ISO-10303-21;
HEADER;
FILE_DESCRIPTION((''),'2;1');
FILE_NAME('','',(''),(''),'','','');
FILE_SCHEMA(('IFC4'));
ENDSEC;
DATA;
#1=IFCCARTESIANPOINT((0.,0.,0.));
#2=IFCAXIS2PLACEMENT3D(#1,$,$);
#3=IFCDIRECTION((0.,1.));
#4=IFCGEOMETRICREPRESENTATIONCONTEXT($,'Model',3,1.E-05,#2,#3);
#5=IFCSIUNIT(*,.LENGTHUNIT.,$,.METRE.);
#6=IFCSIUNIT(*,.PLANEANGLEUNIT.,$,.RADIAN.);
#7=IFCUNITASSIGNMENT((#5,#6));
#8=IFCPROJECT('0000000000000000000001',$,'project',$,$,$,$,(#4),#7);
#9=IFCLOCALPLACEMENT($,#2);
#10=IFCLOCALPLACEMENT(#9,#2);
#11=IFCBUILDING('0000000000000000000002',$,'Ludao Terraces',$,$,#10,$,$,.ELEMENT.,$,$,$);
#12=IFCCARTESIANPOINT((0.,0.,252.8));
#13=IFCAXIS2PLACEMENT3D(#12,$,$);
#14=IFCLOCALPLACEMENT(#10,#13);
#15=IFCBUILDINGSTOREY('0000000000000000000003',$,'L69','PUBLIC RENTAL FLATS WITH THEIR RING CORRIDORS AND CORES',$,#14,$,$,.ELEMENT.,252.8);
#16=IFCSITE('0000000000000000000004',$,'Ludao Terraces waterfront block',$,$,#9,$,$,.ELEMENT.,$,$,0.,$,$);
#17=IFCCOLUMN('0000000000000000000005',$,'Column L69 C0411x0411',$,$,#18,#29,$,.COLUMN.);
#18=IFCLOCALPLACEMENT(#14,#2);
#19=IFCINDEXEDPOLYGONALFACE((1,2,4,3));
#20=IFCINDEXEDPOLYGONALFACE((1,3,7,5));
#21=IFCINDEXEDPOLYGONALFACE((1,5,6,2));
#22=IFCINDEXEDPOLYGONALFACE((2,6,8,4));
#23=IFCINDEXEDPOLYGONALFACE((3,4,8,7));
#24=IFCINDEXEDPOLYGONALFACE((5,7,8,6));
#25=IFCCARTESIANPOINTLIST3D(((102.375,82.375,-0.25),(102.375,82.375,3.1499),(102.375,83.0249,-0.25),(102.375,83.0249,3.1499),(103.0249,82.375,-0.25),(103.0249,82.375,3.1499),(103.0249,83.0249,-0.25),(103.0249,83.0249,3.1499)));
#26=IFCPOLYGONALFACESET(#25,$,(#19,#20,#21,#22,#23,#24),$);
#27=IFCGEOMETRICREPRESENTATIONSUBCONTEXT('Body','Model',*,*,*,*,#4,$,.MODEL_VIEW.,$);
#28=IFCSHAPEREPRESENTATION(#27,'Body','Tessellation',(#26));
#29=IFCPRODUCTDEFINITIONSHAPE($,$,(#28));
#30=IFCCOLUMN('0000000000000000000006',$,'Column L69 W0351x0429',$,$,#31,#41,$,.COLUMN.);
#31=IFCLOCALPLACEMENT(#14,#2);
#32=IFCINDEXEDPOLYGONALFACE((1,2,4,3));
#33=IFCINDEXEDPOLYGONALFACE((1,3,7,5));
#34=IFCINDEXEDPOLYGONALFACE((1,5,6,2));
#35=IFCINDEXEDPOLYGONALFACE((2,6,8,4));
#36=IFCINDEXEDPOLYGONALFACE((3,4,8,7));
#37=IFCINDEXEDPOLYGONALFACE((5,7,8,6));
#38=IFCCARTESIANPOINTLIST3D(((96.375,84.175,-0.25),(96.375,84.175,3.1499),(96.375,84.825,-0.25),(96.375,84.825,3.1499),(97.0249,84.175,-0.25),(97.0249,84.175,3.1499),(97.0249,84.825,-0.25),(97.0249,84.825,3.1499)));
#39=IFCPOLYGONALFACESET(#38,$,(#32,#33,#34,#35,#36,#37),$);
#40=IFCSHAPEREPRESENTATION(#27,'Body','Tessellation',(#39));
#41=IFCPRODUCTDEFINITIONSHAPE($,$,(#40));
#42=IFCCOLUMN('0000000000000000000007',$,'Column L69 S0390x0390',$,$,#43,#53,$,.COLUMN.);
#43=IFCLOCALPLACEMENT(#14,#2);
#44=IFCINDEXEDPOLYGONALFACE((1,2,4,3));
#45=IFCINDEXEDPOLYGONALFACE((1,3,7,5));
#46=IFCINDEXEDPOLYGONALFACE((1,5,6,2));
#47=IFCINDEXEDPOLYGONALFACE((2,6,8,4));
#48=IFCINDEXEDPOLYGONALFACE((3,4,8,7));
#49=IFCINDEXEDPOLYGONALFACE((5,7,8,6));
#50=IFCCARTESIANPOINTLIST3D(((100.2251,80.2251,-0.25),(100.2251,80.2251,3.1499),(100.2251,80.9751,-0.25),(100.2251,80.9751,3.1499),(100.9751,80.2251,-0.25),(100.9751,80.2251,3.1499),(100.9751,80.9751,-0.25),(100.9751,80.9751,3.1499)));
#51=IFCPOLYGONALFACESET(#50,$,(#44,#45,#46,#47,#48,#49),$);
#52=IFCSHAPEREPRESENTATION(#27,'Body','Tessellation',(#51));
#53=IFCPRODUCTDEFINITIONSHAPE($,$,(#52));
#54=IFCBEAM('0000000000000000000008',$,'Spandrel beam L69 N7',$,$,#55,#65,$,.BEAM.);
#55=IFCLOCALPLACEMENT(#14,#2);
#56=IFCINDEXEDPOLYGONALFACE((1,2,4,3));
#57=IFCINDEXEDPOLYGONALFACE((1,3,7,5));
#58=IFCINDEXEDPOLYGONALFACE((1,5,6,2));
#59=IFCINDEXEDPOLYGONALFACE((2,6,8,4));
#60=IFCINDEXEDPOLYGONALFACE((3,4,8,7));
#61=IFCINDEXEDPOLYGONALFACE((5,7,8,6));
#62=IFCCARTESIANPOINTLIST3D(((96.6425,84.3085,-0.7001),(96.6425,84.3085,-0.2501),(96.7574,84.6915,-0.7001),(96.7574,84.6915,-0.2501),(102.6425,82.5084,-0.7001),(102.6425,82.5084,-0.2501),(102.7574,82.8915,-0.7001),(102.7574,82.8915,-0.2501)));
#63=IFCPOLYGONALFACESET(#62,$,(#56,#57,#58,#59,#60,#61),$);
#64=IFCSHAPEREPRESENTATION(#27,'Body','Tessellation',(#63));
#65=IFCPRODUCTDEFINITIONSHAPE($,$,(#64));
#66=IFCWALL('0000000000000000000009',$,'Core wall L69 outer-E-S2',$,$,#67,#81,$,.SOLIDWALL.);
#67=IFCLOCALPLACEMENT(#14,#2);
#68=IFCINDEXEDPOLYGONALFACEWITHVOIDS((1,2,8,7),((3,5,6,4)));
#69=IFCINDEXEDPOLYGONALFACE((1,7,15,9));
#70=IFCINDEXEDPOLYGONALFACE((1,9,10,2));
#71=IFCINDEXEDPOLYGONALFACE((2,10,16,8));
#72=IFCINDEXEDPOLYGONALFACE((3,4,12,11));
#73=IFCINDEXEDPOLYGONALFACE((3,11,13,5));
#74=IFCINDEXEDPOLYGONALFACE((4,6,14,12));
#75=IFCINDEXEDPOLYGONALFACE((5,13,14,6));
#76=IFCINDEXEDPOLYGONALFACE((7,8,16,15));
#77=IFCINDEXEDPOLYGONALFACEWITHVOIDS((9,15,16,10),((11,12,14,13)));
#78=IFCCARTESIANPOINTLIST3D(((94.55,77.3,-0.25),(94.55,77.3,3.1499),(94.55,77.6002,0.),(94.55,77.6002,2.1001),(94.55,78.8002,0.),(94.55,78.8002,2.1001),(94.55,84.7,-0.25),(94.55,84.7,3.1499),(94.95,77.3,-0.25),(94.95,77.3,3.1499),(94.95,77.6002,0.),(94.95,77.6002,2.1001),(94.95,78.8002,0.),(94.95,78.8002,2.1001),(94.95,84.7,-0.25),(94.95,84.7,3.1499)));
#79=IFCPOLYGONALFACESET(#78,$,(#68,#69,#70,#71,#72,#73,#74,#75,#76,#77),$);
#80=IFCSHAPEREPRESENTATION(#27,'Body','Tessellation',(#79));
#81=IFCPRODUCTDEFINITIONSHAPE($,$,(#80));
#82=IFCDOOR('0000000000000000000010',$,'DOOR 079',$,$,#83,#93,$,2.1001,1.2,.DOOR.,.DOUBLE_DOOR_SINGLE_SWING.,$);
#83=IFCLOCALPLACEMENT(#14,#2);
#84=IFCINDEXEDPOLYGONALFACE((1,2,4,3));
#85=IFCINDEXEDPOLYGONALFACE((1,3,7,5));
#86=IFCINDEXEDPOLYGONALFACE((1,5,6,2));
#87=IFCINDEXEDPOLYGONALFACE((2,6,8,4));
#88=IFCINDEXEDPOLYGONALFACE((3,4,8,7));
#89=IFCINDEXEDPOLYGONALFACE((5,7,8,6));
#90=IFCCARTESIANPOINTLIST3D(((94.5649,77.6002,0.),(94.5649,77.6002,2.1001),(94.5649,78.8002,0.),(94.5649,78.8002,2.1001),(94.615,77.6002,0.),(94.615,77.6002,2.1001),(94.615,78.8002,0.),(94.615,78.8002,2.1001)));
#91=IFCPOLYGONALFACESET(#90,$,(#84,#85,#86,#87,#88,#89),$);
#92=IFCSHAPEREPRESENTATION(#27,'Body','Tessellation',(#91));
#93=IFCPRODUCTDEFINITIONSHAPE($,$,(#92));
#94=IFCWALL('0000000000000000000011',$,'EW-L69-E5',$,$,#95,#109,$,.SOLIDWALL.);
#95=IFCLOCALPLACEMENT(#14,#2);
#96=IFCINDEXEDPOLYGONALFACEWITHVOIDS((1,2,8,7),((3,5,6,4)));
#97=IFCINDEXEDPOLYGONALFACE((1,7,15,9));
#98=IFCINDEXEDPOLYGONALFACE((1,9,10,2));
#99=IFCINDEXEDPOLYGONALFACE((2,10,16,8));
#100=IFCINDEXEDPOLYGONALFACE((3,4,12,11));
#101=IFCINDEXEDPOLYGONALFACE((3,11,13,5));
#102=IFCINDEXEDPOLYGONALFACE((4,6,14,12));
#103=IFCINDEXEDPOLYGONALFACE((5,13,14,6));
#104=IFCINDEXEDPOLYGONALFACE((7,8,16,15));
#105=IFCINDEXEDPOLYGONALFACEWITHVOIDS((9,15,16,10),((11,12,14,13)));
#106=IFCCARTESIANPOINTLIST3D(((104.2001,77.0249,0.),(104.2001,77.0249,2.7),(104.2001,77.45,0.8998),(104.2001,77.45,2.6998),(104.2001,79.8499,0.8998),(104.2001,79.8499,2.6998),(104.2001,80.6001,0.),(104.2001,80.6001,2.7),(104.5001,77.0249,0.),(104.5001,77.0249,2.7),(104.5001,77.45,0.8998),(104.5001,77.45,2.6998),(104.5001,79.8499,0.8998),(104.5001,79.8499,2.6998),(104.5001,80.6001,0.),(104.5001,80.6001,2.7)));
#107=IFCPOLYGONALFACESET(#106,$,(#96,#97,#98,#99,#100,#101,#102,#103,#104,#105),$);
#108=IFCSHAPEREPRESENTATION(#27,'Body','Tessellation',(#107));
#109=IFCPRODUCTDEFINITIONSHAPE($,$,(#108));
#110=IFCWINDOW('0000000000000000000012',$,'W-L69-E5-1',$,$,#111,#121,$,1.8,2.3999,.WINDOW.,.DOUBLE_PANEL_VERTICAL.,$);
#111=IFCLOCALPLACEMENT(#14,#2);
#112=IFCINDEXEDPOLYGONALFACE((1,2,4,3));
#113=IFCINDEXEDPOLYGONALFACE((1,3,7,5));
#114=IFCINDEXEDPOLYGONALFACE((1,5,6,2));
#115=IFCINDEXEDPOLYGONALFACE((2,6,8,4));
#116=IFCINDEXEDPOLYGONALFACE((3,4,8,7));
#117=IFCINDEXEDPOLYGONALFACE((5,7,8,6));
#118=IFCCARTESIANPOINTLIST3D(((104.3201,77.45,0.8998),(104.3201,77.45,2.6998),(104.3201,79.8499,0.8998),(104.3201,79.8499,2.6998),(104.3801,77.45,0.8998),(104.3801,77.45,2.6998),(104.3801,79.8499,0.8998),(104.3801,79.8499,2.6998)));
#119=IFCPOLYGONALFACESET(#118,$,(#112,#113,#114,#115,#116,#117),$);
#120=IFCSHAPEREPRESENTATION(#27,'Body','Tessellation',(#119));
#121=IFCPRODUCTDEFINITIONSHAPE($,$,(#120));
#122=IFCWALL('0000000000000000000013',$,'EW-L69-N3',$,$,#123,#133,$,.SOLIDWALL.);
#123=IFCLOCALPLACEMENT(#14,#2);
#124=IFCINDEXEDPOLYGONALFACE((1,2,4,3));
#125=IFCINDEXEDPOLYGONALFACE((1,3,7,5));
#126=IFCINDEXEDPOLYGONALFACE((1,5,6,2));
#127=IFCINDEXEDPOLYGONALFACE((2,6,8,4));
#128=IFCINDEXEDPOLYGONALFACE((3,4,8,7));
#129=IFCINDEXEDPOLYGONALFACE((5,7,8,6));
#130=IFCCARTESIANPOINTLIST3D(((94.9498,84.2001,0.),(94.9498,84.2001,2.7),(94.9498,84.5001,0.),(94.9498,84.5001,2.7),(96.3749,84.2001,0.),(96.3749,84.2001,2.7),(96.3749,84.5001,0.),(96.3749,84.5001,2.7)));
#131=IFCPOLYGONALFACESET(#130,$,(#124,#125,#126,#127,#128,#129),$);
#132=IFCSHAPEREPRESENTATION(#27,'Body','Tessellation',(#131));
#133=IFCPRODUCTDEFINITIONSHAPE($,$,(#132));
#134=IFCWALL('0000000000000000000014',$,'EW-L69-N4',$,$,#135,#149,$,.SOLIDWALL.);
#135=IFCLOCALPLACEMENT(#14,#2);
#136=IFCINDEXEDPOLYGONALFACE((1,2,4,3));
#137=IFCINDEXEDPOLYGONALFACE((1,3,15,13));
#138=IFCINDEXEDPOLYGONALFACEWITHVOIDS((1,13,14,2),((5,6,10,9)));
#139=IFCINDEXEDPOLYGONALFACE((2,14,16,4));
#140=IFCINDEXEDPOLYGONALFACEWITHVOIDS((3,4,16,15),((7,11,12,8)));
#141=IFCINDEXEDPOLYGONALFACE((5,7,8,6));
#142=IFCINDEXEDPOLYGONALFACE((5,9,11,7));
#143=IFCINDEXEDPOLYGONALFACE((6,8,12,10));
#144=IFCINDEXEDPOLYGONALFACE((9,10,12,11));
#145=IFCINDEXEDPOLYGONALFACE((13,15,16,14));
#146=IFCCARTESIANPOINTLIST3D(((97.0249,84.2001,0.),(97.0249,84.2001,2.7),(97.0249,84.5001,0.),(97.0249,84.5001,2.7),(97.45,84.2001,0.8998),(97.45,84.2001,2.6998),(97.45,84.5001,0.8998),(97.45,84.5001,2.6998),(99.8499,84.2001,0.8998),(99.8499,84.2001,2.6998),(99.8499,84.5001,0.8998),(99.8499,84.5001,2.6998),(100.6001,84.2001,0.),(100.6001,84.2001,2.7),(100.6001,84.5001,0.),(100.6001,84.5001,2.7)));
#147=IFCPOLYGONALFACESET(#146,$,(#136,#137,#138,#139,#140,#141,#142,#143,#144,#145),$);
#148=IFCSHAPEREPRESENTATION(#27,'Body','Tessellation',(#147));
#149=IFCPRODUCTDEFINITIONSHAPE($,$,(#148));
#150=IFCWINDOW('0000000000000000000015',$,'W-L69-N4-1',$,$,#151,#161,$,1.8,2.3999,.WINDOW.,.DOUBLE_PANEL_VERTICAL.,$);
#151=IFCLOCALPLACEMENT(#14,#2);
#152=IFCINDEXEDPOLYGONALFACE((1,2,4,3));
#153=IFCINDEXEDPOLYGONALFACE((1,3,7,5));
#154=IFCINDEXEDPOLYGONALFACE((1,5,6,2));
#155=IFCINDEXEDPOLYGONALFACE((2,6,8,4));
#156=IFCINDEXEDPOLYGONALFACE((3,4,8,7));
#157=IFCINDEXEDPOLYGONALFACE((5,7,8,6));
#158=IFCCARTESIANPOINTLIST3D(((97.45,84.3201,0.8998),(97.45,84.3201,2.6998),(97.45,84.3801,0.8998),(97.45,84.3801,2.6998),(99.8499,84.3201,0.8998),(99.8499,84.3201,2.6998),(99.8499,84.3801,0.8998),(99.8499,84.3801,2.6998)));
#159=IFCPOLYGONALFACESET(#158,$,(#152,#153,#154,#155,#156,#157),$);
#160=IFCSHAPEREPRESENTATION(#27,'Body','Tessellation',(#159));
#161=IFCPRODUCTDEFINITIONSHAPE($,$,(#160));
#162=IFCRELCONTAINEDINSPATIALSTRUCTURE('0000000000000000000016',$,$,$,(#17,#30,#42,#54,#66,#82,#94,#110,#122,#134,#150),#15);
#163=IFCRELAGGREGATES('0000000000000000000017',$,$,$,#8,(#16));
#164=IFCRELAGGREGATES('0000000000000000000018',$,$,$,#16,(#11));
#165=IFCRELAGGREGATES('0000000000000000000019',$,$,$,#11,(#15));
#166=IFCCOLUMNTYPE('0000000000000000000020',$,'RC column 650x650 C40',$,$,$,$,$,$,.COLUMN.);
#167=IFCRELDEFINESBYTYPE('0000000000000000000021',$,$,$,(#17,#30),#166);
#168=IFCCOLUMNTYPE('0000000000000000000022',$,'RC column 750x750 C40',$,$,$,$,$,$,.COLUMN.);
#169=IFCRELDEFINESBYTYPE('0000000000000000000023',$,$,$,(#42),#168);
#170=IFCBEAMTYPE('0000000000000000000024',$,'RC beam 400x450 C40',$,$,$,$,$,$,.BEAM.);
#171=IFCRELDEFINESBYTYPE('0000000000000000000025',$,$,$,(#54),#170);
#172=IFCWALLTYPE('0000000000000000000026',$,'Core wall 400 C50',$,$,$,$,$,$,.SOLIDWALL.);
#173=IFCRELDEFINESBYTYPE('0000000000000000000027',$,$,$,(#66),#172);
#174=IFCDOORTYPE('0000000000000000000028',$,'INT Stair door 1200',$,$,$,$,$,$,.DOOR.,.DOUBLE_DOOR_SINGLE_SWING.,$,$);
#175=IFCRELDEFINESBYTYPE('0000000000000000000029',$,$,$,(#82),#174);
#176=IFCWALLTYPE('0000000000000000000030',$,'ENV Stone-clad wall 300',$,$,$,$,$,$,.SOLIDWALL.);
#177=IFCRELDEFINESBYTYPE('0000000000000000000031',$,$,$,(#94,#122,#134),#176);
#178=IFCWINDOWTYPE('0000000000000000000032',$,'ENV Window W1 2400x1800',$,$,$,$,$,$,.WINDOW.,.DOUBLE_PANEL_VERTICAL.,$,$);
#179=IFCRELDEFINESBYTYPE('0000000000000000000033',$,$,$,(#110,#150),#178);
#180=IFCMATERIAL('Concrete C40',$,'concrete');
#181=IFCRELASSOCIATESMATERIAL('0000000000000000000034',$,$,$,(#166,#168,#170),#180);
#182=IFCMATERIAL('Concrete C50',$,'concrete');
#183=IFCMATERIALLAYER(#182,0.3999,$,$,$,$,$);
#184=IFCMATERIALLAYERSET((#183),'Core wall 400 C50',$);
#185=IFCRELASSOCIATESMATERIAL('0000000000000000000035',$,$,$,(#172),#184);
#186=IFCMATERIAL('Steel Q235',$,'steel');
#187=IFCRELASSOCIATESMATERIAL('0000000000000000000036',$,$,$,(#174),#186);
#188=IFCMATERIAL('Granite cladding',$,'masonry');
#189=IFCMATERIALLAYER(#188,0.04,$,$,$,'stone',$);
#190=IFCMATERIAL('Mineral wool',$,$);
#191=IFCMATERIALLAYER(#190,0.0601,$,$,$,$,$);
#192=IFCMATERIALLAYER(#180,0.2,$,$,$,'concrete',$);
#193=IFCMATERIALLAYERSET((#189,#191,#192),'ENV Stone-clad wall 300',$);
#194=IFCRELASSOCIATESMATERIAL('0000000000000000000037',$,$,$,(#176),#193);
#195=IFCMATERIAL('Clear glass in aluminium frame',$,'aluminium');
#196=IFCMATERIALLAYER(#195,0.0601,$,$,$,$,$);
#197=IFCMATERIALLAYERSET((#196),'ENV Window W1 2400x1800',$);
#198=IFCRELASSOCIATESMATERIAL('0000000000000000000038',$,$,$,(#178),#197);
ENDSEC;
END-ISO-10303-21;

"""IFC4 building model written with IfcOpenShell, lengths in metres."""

from ifc_helpers import new_model, si_unit, direction, frame, frame_2d, origin, origin_2d, place, context, subcontext, project, spatial, rectangle, extrude, material, layer, layer_set, material_profile, profile_set, type_object, element, fill, save


model = new_model("IFC4")

# Units and contexts
model_context = context("Model", 3, precision=1e-05, world=origin(), true_north=direction((0.0, 1.0)))
body_context = subcontext(model_context, "Body", "Model", "MODEL_VIEW")
ifc_project = project(units=[si_unit("LENGTHUNIT", "METRE"), si_unit("PLANEANGLEUNIT", "RADIAN")], contexts=[model_context])

# Site, building, storey
site_placement = place(None, origin())
site = spatial("IfcSite", under=ifc_project, at=site_placement, Name="Ludao Terraces waterfront block", CompositionType="ELEMENT", RefElevation=0.0)
building_placement = place(site_placement, origin())
building = spatial("IfcBuilding", under=site, at=building_placement, Name="Ludao Terraces", CompositionType="ELEMENT")
storey_placement = place(building_placement, frame((0.0, 0.0, 252.8)))
storey = spatial("IfcBuildingStorey", under=building, at=storey_placement, Name="L69", Description="PUBLIC RENTAL FLATS WITH THEIR RING CORRIDORS AND CORES", CompositionType="ELEMENT", Elevation=252.8)

# Columns
ifc_material_1 = material(Name="Concrete C40", Category="concrete")
ifc_material_profile_1 = material_profile(ifc_material_1, rectangle(XDim=0.6499, YDim=0.6499, at=origin_2d()), Name="650 X 650")
ifc_profile_set_1 = profile_set([ifc_material_profile_1], Name="Concrete C40")
column_type_1 = type_object("IfcColumnType", Name="RC column 650x650 C40", PredefinedType="COLUMN", material=ifc_profile_set_1)
for number, where, z_axis, x_axis, name in (
    (1, (102.7, 82.7, -0.25), (0.0, 0.0, 1.0), (1.0, 0.0, 0.0), "Column L69 C0411x0411"),
    (2, (96.7, 84.5, -0.25), (0.0, 0.0, 1.0), (1.0, 0.0, 0.0), "Column L69 W0351x0429"),
):
    element("IfcColumn", number, at=place(storey_placement, frame(where, z_axis=z_axis, x_axis=x_axis)), inside=storey, type_object=column_type_1, Name=name, PredefinedType="COLUMN", context=body_context, shape_type="SweptSolid", body=[
        extrude(rectangle(XDim=0.6499, YDim=0.6499, at=origin_2d()), origin(), (0.0, 0.0, 1.0), 3.3999),
    ])
ifc_material_profile_2 = material_profile(ifc_material_1, rectangle(XDim=0.75, YDim=0.75, at=origin_2d()), Name="750 X 750")
ifc_profile_set_2 = profile_set([ifc_material_profile_2], Name="Concrete C40")
column_type_2 = type_object("IfcColumnType", Name="RC column 750x750 C40", PredefinedType="COLUMN", material=ifc_profile_set_2)
column_placement = place(storey_placement, frame((100.6001, 80.6001, -0.25), z_axis=(0.0, 0.0, 1.0), x_axis=(1.0, 0.0, 0.0)))
element("IfcColumn", 3, at=column_placement, inside=storey, type_object=column_type_2, Name="Column L69 S0390x0390", PredefinedType="COLUMN", context=body_context, shape_type="SweptSolid", body=[
    extrude(rectangle(XDim=0.75, YDim=0.75, at=origin_2d()), origin(), (0.0, 0.0, 1.0), 3.3999),
])

# Beam
ifc_material_profile_3 = material_profile(ifc_material_1, rectangle(XDim=0.3999, YDim=0.45, at=origin_2d()), Name="400 X 450")
ifc_profile_set_3 = profile_set([ifc_material_profile_3], Name="Concrete C40")
beam_type = type_object("IfcBeamType", Name="RC beam 400x450 C40", PredefinedType="BEAM", material=ifc_profile_set_3)
beam_placement = place(storey_placement, frame((96.7, 84.5, -0.4751), z_axis=(0.957824, -0.287355, 0.0), x_axis=(0.287355, 0.957824, 0.0)))
element("IfcBeam", 4, at=beam_placement, inside=storey, type_object=beam_type, Name="Spandrel beam L69 N7", PredefinedType="BEAM", context=body_context, shape_type="SweptSolid", body=[
    extrude(rectangle(XDim=0.3999, YDim=0.45, at=origin_2d()), origin(), (0.0, 0.0, 1.0), 6.2642),
])

# Wall, opening, door
ifc_material_2 = material(Name="Concrete C50", Category="concrete")
ifc_layer_1 = layer(ifc_material_2, 0.3999)
ifc_layer_set_1 = layer_set([ifc_layer_1], Name="Core wall 400 C50")
wall_type_1 = type_object("IfcWallType", Name="Core wall 400 C50", PredefinedType="SOLIDWALL", material=ifc_layer_set_1)
wall_1_placement = place(storey_placement, frame((94.75, 77.3, -0.25), z_axis=(0.0, 0.0, 1.0), x_axis=(0.0, 1.0, 0.0)))
wall_1 = element("IfcWall", 5, at=wall_1_placement, inside=storey, type_object=wall_type_1, Name="Core wall L69 outer-E-S2", PredefinedType="SOLIDWALL", context=body_context, shape_type="SweptSolid", body=[
    extrude(rectangle(XDim=7.3999, YDim=0.3999, at=frame_2d((3.7, 0.0))), origin(), (0.0, 0.0, 1.0), 3.3999),
])
opening_1_placement = place(wall_1_placement, frame((0.3, 0.0, 0.25)))
opening_1 = element("IfcOpeningElement", 6, at=opening_1_placement, cuts=wall_1, PredefinedType="OPENING", context=body_context, shape_type="SweptSolid", body=[
    extrude(rectangle(XDim=1.2, YDim=2.1001, at=frame_2d((0.6001, 1.05))), frame((0.0, 0.21, 0.0), z_axis=(0.0, -1.0, 0.0), x_axis=(1.0, 0.0, 0.0)), (0.0, 0.0, 1.0), 0.4199),
])
ifc_material_3 = material(Name="Steel Q235", Category="steel")
door_type_1 = type_object("IfcDoorType", Name="INT Stair door 1200", OperationType="DOUBLE_DOOR_SINGLE_SWING", PredefinedType="DOOR", material=ifc_material_3)
door_1_placement = place(opening_1_placement, origin())
door_1 = element("IfcDoor", 7, at=door_1_placement, inside=storey, type_object=door_type_1, Name="DOOR 079", OperationType="DOUBLE_DOOR_SINGLE_SWING", OverallHeight=2.1001, OverallWidth=1.2, PredefinedType="DOOR", context=body_context, shape_type="SweptSolid", body=[
    extrude(rectangle(XDim=1.2, YDim=2.1001, at=frame_2d((0.6001, 1.05))), frame((0.0, 0.1851, 0.0), z_axis=(0.0, -1.0, 0.0), x_axis=(1.0, 0.0, 0.0)), (0.0, 0.0, 1.0), 0.05),
])
fill(opening_1, door_1)

# Wall, opening, window
ifc_material_4 = material(Name="Granite cladding", Category="masonry")
ifc_layer_2 = layer(ifc_material_4, 0.04, Category="stone")
ifc_material_5 = material(Name="Mineral wool")
ifc_layer_3 = layer(ifc_material_5, 0.0601)
ifc_layer_4 = layer(ifc_material_1, 0.2, Category="concrete")
ifc_layer_set_2 = layer_set([ifc_layer_2, ifc_layer_3, ifc_layer_4], Name="ENV Stone-clad wall 300")
wall_type_2 = type_object("IfcWallType", Name="ENV Stone-clad wall 300", PredefinedType="SOLIDWALL", material=ifc_layer_set_2)
wall_2_placement = place(storey_placement, frame((104.3501, 77.0249, 0.0), z_axis=(0.0, 0.0, 1.0), x_axis=(0.0, 1.0, 0.0)))
wall_2 = element("IfcWall", 8, at=wall_2_placement, inside=storey, type_object=wall_type_2, Name="EW-L69-E5", PredefinedType="SOLIDWALL", context=body_context, shape_type="SweptSolid", body=[
    extrude(rectangle(XDim=3.5752, YDim=0.3, at=frame_2d((1.7876, 0.0))), origin(), (0.0, 0.0, 1.0), 2.7),
])
opening_2_placement = place(wall_2_placement, frame((0.425, 0.0, 0.8999)))
opening_2 = element("IfcOpeningElement", 9, at=opening_2_placement, cuts=wall_2, PredefinedType="OPENING", context=body_context, shape_type="SweptSolid", body=[
    extrude(rectangle(XDim=2.3999, YDim=1.8, at=frame_2d((1.2, 0.8999))), frame((0.0, 0.1602, 0.0), z_axis=(0.0, -1.0, 0.0), x_axis=(1.0, 0.0, 0.0)), (0.0, 0.0, 1.0), 0.3201),
])
ifc_material_6 = material(Name="Clear glass in aluminium frame", Category="aluminium")
ifc_layer_5 = layer(ifc_material_6, 0.0601)
ifc_layer_set_3 = layer_set([ifc_layer_5], Name="ENV Window W1 2400x1800")
window_type_1 = type_object("IfcWindowType", Name="ENV Window W1 2400x1800", PartitioningType="DOUBLE_PANEL_VERTICAL", PredefinedType="WINDOW", material=ifc_layer_set_3)
window_1_placement = place(opening_2_placement, origin())
window_1 = element("IfcWindow", 10, at=window_1_placement, inside=storey, type_object=window_type_1, Name="W-L69-E5-1", OverallHeight=1.8, OverallWidth=2.3999, PartitioningType="DOUBLE_PANEL_VERTICAL", PredefinedType="WINDOW", context=body_context, shape_type="SweptSolid", body=[
    extrude(rectangle(XDim=2.3999, YDim=1.8, at=frame_2d((1.2, 0.8999))), frame((0.0, 0.03, 0.0), z_axis=(0.0, -1.0, 0.0), x_axis=(1.0, 0.0, 0.0)), (0.0, 0.0, 1.0), 0.0601),
])
fill(opening_2, window_1)

# Wall
wall_3_placement = place(storey_placement, frame((94.95, 84.3501, 0.0), z_axis=(0.0, 0.0, 1.0), x_axis=(1.0, 0.0, 0.0)))
element("IfcWall", 11, at=wall_3_placement, inside=storey, type_object=wall_type_2, Name="EW-L69-N3", PredefinedType="SOLIDWALL", context=body_context, shape_type="SweptSolid", body=[
    extrude(rectangle(XDim=1.425, YDim=0.3, at=frame_2d((0.7124, 0.0))), origin(), (0.0, 0.0, 1.0), 2.7),
])

# Wall, opening, window
wall_4_placement = place(storey_placement, frame((97.0249, 84.3501, 0.0), z_axis=(0.0, 0.0, 1.0), x_axis=(1.0, 0.0, 0.0)))
wall_4 = element("IfcWall", 12, at=wall_4_placement, inside=storey, type_object=wall_type_2, Name="EW-L69-N4", PredefinedType="SOLIDWALL", context=body_context, shape_type="SweptSolid", body=[
    extrude(rectangle(XDim=3.5752, YDim=0.3, at=frame_2d((1.7876, 0.0))), origin(), (0.0, 0.0, 1.0), 2.7),
])
opening_3_placement = place(wall_4_placement, frame((0.425, 0.0, 0.8999)))
opening_3 = element("IfcOpeningElement", 13, at=opening_3_placement, cuts=wall_4, PredefinedType="OPENING", context=body_context, shape_type="SweptSolid", body=[
    extrude(rectangle(XDim=2.3999, YDim=1.8, at=frame_2d((1.2, 0.8999))), frame((0.0, 0.1602, 0.0), z_axis=(0.0, -1.0, 0.0), x_axis=(1.0, 0.0, 0.0)), (0.0, 0.0, 1.0), 0.3201),
])
window_2_placement = place(opening_3_placement, origin())
window_2 = element("IfcWindow", 14, at=window_2_placement, inside=storey, type_object=window_type_1, Name="W-L69-N4-1", OverallHeight=1.8, OverallWidth=2.3999, PartitioningType="DOUBLE_PANEL_VERTICAL", PredefinedType="WINDOW", context=body_context, shape_type="SweptSolid", body=[
    extrude(rectangle(XDim=2.3999, YDim=1.8, at=frame_2d((1.2, 0.8999))), frame((0.0, 0.03, 0.0), z_axis=(0.0, -1.0, 0.0), x_axis=(1.0, 0.0, 0.0)), (0.0, 0.0, 1.0), 0.0601),
])
fill(opening_3, window_2)

save(model, "model.ifc")
